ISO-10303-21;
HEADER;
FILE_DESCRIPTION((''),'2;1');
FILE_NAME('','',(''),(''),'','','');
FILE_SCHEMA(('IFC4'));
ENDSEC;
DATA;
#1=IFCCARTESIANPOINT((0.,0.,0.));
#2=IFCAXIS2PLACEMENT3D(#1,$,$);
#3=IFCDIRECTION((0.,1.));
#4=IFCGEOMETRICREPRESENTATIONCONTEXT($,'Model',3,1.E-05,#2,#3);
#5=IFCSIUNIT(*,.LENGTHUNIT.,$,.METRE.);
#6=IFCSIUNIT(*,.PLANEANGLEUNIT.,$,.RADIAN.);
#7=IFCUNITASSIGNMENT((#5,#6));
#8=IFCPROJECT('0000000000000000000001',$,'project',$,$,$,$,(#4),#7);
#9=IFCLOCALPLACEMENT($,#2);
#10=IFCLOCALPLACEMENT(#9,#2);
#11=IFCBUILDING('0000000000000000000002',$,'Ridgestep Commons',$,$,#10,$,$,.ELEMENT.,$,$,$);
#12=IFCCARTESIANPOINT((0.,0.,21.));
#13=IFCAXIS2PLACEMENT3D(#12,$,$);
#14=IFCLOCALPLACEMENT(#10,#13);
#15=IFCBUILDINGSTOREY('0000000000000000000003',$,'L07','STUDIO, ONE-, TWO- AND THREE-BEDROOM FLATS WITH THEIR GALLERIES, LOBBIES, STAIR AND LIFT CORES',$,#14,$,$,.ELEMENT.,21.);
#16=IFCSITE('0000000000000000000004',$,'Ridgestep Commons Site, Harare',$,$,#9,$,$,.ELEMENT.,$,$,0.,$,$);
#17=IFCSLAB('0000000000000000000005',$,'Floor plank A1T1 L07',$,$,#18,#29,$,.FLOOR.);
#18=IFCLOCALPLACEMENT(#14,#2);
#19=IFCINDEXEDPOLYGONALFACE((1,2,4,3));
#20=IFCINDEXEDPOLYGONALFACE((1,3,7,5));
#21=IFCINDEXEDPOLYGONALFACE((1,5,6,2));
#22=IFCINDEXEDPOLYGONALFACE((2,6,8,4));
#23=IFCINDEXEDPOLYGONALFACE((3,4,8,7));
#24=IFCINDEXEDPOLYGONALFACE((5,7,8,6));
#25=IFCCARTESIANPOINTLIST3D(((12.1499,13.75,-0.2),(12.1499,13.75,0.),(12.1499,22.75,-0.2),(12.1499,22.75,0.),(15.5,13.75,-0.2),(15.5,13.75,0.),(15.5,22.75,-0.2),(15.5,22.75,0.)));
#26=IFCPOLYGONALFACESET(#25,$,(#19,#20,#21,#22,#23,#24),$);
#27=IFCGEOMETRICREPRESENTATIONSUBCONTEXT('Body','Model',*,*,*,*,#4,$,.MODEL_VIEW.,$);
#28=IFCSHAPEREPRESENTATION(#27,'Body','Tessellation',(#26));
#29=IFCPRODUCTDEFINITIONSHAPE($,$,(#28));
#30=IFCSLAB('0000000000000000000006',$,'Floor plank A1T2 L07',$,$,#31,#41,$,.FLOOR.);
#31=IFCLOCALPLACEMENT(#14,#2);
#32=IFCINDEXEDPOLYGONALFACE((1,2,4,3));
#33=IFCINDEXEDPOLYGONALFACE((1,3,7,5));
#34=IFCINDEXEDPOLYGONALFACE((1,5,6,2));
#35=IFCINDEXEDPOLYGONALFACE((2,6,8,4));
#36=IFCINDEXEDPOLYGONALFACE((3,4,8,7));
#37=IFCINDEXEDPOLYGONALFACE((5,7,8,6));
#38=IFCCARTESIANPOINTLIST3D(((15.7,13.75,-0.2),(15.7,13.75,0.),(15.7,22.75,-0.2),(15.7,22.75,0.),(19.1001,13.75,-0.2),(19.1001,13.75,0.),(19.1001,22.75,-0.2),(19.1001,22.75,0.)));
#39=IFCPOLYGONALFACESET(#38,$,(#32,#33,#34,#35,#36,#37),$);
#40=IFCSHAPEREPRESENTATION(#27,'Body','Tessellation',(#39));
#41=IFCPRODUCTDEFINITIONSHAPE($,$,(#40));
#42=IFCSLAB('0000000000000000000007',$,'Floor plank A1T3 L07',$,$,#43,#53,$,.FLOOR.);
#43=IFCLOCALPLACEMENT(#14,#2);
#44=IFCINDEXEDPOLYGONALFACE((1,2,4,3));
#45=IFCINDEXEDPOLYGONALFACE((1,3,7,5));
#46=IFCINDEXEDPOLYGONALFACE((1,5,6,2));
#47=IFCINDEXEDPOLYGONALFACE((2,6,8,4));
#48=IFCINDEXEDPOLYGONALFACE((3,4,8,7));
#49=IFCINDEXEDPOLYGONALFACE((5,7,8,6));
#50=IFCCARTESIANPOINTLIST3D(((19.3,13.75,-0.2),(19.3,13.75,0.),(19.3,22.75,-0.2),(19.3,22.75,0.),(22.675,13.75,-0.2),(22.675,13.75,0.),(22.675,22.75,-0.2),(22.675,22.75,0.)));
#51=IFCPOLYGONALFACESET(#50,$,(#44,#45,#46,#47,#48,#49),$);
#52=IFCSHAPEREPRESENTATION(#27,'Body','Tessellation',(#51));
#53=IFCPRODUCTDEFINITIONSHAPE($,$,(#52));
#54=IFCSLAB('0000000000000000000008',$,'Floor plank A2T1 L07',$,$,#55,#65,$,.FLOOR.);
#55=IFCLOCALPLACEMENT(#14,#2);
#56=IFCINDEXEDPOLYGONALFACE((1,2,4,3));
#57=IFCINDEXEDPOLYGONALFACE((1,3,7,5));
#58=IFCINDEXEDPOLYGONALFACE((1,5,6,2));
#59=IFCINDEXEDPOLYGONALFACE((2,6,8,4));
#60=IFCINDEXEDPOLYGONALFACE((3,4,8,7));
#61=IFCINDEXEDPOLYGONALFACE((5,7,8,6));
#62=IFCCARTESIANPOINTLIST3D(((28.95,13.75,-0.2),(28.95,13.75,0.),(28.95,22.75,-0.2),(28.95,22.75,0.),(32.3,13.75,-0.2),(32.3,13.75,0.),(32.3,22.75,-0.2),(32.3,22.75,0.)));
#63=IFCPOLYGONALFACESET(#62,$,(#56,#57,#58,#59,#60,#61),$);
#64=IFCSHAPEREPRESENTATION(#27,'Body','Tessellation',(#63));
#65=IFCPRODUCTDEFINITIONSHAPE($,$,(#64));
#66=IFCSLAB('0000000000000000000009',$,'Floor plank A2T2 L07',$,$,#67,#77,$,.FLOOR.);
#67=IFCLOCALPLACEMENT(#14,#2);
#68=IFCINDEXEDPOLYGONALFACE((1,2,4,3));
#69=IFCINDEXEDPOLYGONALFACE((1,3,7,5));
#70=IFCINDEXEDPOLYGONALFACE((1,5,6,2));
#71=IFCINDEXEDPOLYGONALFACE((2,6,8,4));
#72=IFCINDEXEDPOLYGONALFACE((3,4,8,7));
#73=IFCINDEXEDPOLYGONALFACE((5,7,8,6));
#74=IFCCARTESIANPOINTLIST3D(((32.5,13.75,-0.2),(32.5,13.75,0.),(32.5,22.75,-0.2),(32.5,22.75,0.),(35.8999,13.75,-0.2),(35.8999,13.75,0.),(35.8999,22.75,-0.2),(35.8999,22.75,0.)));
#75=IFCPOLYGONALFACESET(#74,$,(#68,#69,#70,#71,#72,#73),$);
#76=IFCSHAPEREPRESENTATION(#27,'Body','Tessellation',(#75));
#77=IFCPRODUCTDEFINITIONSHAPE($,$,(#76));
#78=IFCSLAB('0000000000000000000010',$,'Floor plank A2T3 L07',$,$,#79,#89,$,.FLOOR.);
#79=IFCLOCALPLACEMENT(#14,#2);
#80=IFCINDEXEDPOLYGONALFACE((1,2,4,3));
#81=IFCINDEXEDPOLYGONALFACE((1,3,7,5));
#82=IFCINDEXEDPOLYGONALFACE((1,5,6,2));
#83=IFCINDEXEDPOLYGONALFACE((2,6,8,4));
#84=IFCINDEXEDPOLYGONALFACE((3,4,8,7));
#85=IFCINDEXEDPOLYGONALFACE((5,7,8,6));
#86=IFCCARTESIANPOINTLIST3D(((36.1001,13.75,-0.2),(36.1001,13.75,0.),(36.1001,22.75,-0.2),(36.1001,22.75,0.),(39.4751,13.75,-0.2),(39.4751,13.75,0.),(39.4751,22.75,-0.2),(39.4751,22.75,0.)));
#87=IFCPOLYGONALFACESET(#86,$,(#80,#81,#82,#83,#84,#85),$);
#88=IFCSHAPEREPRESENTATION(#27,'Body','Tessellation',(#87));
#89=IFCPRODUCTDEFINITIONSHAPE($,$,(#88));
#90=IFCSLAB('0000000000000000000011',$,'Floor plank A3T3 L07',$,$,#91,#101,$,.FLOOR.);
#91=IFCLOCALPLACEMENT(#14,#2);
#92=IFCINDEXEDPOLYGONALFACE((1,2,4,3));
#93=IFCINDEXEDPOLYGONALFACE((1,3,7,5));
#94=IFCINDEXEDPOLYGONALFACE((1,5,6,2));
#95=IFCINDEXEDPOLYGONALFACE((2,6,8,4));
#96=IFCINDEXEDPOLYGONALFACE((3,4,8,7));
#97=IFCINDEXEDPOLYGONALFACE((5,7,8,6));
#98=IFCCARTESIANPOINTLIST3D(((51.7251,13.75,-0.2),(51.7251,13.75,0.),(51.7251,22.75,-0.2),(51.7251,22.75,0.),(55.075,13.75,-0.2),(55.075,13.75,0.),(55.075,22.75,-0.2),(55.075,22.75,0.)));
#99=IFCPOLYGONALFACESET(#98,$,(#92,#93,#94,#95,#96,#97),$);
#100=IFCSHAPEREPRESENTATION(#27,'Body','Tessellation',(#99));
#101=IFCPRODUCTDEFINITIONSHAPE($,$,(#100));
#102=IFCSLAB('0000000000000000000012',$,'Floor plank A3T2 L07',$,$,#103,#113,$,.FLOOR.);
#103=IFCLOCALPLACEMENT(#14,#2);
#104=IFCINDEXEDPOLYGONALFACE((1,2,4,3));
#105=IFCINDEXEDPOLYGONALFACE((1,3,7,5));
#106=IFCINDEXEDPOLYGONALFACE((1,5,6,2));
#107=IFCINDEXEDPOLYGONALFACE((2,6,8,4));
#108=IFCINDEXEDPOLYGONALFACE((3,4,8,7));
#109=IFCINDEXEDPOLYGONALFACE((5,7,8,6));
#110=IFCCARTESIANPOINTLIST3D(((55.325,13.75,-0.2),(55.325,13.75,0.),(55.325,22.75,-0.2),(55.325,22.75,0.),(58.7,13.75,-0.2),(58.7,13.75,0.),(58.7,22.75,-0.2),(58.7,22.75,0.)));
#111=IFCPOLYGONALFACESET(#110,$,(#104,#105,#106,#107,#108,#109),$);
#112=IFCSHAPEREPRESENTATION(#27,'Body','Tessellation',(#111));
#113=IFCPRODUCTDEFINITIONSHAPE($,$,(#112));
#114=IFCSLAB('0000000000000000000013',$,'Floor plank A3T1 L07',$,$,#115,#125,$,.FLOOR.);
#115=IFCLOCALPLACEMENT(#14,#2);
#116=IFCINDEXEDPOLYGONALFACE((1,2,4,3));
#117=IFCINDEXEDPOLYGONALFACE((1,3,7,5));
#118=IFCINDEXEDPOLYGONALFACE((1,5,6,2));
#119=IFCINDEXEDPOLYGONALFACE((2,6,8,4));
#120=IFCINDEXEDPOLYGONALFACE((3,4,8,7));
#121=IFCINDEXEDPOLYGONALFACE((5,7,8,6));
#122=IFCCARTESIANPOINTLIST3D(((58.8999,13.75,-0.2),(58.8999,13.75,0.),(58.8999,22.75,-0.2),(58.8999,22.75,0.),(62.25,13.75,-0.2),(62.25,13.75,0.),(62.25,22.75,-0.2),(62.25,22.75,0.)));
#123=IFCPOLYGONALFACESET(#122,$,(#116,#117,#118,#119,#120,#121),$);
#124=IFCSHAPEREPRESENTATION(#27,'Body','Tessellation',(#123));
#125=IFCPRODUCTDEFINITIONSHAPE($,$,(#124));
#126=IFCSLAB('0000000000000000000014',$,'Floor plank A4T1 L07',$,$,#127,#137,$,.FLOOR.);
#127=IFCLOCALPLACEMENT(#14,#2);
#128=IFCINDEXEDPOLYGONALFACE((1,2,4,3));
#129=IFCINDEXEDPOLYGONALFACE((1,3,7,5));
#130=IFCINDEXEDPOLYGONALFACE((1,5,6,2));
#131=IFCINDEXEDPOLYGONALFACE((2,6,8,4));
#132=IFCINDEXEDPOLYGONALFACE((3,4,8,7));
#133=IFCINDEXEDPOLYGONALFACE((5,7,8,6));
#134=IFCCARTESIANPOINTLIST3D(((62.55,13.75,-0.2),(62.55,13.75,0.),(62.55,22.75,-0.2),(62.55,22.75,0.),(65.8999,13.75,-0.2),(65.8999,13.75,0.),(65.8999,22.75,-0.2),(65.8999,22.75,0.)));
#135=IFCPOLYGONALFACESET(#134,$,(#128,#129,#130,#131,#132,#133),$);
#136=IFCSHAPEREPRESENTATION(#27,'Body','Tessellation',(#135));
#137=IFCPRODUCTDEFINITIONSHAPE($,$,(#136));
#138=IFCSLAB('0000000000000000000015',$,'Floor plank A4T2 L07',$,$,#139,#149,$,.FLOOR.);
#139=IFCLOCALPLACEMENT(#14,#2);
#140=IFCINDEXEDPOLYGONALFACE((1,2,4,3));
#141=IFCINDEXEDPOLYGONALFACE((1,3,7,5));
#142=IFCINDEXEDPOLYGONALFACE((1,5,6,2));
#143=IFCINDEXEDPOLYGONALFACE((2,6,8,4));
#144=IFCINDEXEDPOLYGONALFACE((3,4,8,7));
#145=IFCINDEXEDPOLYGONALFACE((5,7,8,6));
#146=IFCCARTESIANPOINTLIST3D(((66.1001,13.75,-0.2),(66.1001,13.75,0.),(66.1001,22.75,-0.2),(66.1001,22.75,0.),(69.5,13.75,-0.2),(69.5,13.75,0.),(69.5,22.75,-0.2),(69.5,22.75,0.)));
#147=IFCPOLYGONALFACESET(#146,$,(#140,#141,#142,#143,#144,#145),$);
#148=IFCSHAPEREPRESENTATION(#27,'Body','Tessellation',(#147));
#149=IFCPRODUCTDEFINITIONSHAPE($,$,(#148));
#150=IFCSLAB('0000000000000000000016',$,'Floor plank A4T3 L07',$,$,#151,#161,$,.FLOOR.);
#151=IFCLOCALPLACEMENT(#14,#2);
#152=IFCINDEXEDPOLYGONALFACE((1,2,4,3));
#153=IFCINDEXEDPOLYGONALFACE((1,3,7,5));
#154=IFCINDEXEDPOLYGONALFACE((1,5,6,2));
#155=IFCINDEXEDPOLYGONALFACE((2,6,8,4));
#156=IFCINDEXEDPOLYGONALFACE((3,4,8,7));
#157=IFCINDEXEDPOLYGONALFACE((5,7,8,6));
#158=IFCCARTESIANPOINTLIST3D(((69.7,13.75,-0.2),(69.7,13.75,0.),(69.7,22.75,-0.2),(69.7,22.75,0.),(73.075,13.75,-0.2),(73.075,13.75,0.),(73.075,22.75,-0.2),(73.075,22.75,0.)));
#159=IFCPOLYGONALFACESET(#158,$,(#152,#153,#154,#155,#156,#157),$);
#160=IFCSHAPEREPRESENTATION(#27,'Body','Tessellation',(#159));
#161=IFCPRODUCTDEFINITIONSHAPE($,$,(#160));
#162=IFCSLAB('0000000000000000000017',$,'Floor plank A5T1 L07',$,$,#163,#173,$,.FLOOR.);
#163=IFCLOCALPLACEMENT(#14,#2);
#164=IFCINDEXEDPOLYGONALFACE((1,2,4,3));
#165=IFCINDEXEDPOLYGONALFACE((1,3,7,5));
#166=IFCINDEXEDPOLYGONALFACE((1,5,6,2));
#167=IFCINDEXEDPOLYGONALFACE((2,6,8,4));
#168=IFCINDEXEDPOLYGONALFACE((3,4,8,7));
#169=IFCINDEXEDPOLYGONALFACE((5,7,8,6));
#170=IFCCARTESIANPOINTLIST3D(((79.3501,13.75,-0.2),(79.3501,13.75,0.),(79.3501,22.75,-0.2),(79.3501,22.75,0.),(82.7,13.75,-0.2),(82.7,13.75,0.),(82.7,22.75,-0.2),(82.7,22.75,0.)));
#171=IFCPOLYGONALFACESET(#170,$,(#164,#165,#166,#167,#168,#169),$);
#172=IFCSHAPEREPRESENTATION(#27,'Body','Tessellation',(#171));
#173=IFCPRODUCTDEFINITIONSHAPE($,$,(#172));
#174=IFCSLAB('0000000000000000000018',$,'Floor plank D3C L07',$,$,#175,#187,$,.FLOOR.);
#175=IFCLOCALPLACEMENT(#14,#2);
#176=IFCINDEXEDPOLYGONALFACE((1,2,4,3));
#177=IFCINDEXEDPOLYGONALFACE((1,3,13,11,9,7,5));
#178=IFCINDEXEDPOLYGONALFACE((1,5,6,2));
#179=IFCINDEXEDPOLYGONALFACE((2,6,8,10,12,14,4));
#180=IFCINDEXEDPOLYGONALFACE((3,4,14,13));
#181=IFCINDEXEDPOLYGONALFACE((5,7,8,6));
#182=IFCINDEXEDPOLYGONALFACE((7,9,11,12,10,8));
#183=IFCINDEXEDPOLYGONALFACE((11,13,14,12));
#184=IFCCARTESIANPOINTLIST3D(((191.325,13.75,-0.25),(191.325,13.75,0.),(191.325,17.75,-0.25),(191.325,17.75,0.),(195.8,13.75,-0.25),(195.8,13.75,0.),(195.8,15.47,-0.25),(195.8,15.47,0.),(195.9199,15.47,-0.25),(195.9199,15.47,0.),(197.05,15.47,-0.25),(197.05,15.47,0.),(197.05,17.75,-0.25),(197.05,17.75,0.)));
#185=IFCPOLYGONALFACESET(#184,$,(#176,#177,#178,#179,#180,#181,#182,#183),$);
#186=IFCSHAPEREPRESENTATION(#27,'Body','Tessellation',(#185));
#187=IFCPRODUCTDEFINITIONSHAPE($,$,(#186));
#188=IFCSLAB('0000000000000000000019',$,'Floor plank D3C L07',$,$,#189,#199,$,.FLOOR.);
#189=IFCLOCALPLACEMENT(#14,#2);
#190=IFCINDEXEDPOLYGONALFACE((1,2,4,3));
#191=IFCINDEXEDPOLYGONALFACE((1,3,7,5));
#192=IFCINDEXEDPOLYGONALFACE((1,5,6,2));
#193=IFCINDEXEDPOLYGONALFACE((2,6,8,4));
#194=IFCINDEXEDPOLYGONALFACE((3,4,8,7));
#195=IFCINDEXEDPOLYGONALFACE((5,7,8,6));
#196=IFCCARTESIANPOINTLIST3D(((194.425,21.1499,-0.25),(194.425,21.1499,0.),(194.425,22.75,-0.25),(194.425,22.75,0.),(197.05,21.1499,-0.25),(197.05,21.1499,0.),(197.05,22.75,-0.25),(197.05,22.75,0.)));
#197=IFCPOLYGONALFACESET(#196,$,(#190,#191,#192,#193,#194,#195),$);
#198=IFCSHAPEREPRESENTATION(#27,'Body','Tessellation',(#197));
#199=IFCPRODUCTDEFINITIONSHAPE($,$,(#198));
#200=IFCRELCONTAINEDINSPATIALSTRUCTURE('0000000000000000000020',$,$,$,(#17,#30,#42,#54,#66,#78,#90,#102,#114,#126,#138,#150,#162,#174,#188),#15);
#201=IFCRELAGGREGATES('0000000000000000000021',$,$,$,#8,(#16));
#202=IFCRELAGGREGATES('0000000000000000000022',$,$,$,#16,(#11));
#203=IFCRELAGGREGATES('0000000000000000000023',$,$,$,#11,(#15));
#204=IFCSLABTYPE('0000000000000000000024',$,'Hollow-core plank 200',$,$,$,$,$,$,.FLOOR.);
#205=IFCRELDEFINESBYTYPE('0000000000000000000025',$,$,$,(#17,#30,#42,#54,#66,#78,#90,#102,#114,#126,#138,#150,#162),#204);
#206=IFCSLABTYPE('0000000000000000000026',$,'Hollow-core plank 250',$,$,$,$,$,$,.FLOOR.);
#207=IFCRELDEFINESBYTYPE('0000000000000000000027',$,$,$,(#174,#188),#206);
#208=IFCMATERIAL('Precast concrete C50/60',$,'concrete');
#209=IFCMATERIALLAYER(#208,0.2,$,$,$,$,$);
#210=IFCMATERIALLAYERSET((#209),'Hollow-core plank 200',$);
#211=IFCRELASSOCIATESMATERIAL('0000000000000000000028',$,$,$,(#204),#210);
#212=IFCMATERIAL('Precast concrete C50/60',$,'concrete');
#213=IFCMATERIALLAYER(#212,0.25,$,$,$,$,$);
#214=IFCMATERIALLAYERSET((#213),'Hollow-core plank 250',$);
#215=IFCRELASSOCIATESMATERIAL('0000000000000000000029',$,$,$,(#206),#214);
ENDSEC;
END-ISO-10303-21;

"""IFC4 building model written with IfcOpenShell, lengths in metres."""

from ifc_helpers import new_model, si_unit, direction, frame, origin, place, context, subcontext, project, spatial, polyline, outline, extrude, material, layer, layer_set, type_object, element, save


model = new_model("IFC4")

# Units and contexts
model_context = context("Model", 3, precision=1e-05, world=origin(), true_north=direction((0.0, 1.0)))
body_context = subcontext(model_context, "Body", "Model", "MODEL_VIEW")
ifc_project = project(units=[si_unit("LENGTHUNIT", "METRE"), si_unit("PLANEANGLEUNIT", "RADIAN")], contexts=[model_context])

# Site, building, storey
site_placement = place(None, origin())
site = spatial("IfcSite", under=ifc_project, at=site_placement, Name="Ridgestep Commons Site, Harare", CompositionType="ELEMENT", RefElevation=0.0)
building_placement = place(site_placement, origin())
building = spatial("IfcBuilding", under=site, at=building_placement, Name="Ridgestep Commons", CompositionType="ELEMENT")
storey_placement = place(building_placement, frame((0.0, 0.0, 21.0)))
storey = spatial("IfcBuildingStorey", under=building, at=storey_placement, Name="L07", Description="STUDIO, ONE-, TWO- AND THREE-BEDROOM FLATS WITH THEIR GALLERIES, LOBBIES, STAIR AND LIFT CORES", CompositionType="ELEMENT", Elevation=21.0)

# Slabs
ifc_material_1 = material(Name="Precast concrete C50/60", Category="concrete")
ifc_layer_1 = layer(ifc_material_1, 0.2)
ifc_layer_set_1 = layer_set([ifc_layer_1], Name="Hollow-core plank 200")
slab_type_1 = type_object("IfcSlabType", Name="Hollow-core plank 200", PredefinedType="FLOOR", material=ifc_layer_set_1)
slab_1_placement = place(storey_placement, frame((0.0, 0.0, -0.2)))
element("IfcSlab", 1, at=slab_1_placement, inside=storey, type_object=slab_type_1, Name="Floor plank A1T1 L07", PredefinedType="FLOOR", context=body_context, shape_type="SweptSolid", body=[
    extrude(outline(polyline([(15.5, 13.75), (15.5, 22.75), (12.1499, 22.75), (12.1499, 13.75), (15.5, 13.75)])), origin(), (0.0, 0.0, 1.0), 0.2),
])
slab_2_placement = place(storey_placement, frame((0.0, 0.0, -0.2)))
element("IfcSlab", 2, at=slab_2_placement, inside=storey, type_object=slab_type_1, Name="Floor plank A1T2 L07", PredefinedType="FLOOR", context=body_context, shape_type="SweptSolid", body=[
    extrude(outline(polyline([(19.1001, 13.75), (19.1001, 22.75), (15.7, 22.75), (15.7, 13.75), (19.1001, 13.75)])), origin(), (0.0, 0.0, 1.0), 0.2),
])
slab_3_placement = place(storey_placement, frame((0.0, 0.0, -0.2)))
element("IfcSlab", 3, at=slab_3_placement, inside=storey, type_object=slab_type_1, Name="Floor plank A1T3 L07", PredefinedType="FLOOR", context=body_context, shape_type="SweptSolid", body=[
    extrude(outline(polyline([(22.675, 13.75), (22.675, 22.75), (19.3, 22.75), (19.3, 13.75), (22.675, 13.75)])), origin(), (0.0, 0.0, 1.0), 0.2),
])
slab_4_placement = place(storey_placement, frame((0.0, 0.0, -0.2)))
element("IfcSlab", 4, at=slab_4_placement, inside=storey, type_object=slab_type_1, Name="Floor plank A2T1 L07", PredefinedType="FLOOR", context=body_context, shape_type="SweptSolid", body=[
    extrude(outline(polyline([(32.3, 13.75), (32.3, 22.75), (28.95, 22.75), (28.95, 13.75), (32.3, 13.75)])), origin(), (0.0, 0.0, 1.0), 0.2),
])
slab_5_placement = place(storey_placement, frame((0.0, 0.0, -0.2)))
element("IfcSlab", 5, at=slab_5_placement, inside=storey, type_object=slab_type_1, Name="Floor plank A2T2 L07", PredefinedType="FLOOR", context=body_context, shape_type="SweptSolid", body=[
    extrude(outline(polyline([(35.8999, 13.75), (35.8999, 22.75), (32.5, 22.75), (32.5, 13.75), (35.8999, 13.75)])), origin(), (0.0, 0.0, 1.0), 0.2),
])
slab_6_placement = place(storey_placement, frame((0.0, 0.0, -0.2)))
element("IfcSlab", 6, at=slab_6_placement, inside=storey, type_object=slab_type_1, Name="Floor plank A2T3 L07", PredefinedType="FLOOR", context=body_context, shape_type="SweptSolid", body=[
    extrude(outline(polyline([(39.4751, 13.75), (39.4751, 22.75), (36.1001, 22.75), (36.1001, 13.75), (39.4751, 13.75)])), origin(), (0.0, 0.0, 1.0), 0.2),
])
slab_7_placement = place(storey_placement, frame((0.0, 0.0, -0.2)))
element("IfcSlab", 7, at=slab_7_placement, inside=storey, type_object=slab_type_1, Name="Floor plank A3T3 L07", PredefinedType="FLOOR", context=body_context, shape_type="SweptSolid", body=[
    extrude(outline(polyline([(55.075, 13.75), (55.075, 22.75), (51.7251, 22.75), (51.7251, 13.75), (55.075, 13.75)])), origin(), (0.0, 0.0, 1.0), 0.2),
])
slab_8_placement = place(storey_placement, frame((0.0, 0.0, -0.2)))
element("IfcSlab", 8, at=slab_8_placement, inside=storey, type_object=slab_type_1, Name="Floor plank A3T2 L07", PredefinedType="FLOOR", context=body_context, shape_type="SweptSolid", body=[
    extrude(outline(polyline([(58.7, 13.75), (58.7, 22.75), (55.325, 22.75), (55.325, 13.75), (58.7, 13.75)])), origin(), (0.0, 0.0, 1.0), 0.2),
])
slab_9_placement = place(storey_placement, frame((0.0, 0.0, -0.2)))
element("IfcSlab", 9, at=slab_9_placement, inside=storey, type_object=slab_type_1, Name="Floor plank A3T1 L07", PredefinedType="FLOOR", context=body_context, shape_type="SweptSolid", body=[
    extrude(outline(polyline([(62.25, 13.75), (62.25, 22.75), (58.8999, 22.75), (58.8999, 13.75), (62.25, 13.75)])), origin(), (0.0, 0.0, 1.0), 0.2),
])
slab_10_placement = place(storey_placement, frame((0.0, 0.0, -0.2)))
element("IfcSlab", 10, at=slab_10_placement, inside=storey, type_object=slab_type_1, Name="Floor plank A4T1 L07", PredefinedType="FLOOR", context=body_context, shape_type="SweptSolid", body=[
    extrude(outline(polyline([(65.8999, 13.75), (65.8999, 22.75), (62.55, 22.75), (62.55, 13.75), (65.8999, 13.75)])), origin(), (0.0, 0.0, 1.0), 0.2),
])
slab_11_placement = place(storey_placement, frame((0.0, 0.0, -0.2)))
element("IfcSlab", 11, at=slab_11_placement, inside=storey, type_object=slab_type_1, Name="Floor plank A4T2 L07", PredefinedType="FLOOR", context=body_context, shape_type="SweptSolid", body=[
    extrude(outline(polyline([(69.5, 13.75), (69.5, 22.75), (66.1001, 22.75), (66.1001, 13.75), (69.5, 13.75)])), origin(), (0.0, 0.0, 1.0), 0.2),
])
slab_12_placement = place(storey_placement, frame((0.0, 0.0, -0.2)))
element("IfcSlab", 12, at=slab_12_placement, inside=storey, type_object=slab_type_1, Name="Floor plank A4T3 L07", PredefinedType="FLOOR", context=body_context, shape_type="SweptSolid", body=[
    extrude(outline(polyline([(73.075, 13.75), (73.075, 22.75), (69.7, 22.75), (69.7, 13.75), (73.075, 13.75)])), origin(), (0.0, 0.0, 1.0), 0.2),
])
slab_13_placement = place(storey_placement, frame((0.0, 0.0, -0.2)))
element("IfcSlab", 13, at=slab_13_placement, inside=storey, type_object=slab_type_1, Name="Floor plank A5T1 L07", PredefinedType="FLOOR", context=body_context, shape_type="SweptSolid", body=[
    extrude(outline(polyline([(82.7, 13.75), (82.7, 22.75), (79.3501, 22.75), (79.3501, 13.75), (82.7, 13.75)])), origin(), (0.0, 0.0, 1.0), 0.2),
])
ifc_material_2 = material(Name="Precast concrete C50/60", Category="concrete")
ifc_layer_2 = layer(ifc_material_2, 0.25)
ifc_layer_set_2 = layer_set([ifc_layer_2], Name="Hollow-core plank 250")
slab_type_2 = type_object("IfcSlabType", Name="Hollow-core plank 250", PredefinedType="FLOOR", material=ifc_layer_set_2)
slab_14_placement = place(storey_placement, frame((0.0, 0.0, -0.25)))
element("IfcSlab", 14, at=slab_14_placement, inside=storey, type_object=slab_type_2, Name="Floor plank D3C L07", PredefinedType="FLOOR", context=body_context, shape_type="SweptSolid", body=[
    extrude(outline(polyline([(195.9199, 15.47), (197.05, 15.47), (197.05, 17.75), (191.325, 17.75), (191.325, 13.75), (195.8, 13.75), (195.8, 15.47), (195.9199, 15.47)])), origin(), (0.0, 0.0, 1.0), 0.25),
])
slab_15_placement = place(storey_placement, frame((0.0, 0.0, -0.25)))
element("IfcSlab", 15, at=slab_15_placement, inside=storey, type_object=slab_type_2, Name="Floor plank D3C L07", PredefinedType="FLOOR", context=body_context, shape_type="SweptSolid", body=[
    extrude(outline(polyline([(197.05, 21.1499), (197.05, 22.75), (194.425, 22.75), (194.425, 21.1499), (197.05, 21.1499)])), origin(), (0.0, 0.0, 1.0), 0.25),
])

save(model, "model.ifc")
